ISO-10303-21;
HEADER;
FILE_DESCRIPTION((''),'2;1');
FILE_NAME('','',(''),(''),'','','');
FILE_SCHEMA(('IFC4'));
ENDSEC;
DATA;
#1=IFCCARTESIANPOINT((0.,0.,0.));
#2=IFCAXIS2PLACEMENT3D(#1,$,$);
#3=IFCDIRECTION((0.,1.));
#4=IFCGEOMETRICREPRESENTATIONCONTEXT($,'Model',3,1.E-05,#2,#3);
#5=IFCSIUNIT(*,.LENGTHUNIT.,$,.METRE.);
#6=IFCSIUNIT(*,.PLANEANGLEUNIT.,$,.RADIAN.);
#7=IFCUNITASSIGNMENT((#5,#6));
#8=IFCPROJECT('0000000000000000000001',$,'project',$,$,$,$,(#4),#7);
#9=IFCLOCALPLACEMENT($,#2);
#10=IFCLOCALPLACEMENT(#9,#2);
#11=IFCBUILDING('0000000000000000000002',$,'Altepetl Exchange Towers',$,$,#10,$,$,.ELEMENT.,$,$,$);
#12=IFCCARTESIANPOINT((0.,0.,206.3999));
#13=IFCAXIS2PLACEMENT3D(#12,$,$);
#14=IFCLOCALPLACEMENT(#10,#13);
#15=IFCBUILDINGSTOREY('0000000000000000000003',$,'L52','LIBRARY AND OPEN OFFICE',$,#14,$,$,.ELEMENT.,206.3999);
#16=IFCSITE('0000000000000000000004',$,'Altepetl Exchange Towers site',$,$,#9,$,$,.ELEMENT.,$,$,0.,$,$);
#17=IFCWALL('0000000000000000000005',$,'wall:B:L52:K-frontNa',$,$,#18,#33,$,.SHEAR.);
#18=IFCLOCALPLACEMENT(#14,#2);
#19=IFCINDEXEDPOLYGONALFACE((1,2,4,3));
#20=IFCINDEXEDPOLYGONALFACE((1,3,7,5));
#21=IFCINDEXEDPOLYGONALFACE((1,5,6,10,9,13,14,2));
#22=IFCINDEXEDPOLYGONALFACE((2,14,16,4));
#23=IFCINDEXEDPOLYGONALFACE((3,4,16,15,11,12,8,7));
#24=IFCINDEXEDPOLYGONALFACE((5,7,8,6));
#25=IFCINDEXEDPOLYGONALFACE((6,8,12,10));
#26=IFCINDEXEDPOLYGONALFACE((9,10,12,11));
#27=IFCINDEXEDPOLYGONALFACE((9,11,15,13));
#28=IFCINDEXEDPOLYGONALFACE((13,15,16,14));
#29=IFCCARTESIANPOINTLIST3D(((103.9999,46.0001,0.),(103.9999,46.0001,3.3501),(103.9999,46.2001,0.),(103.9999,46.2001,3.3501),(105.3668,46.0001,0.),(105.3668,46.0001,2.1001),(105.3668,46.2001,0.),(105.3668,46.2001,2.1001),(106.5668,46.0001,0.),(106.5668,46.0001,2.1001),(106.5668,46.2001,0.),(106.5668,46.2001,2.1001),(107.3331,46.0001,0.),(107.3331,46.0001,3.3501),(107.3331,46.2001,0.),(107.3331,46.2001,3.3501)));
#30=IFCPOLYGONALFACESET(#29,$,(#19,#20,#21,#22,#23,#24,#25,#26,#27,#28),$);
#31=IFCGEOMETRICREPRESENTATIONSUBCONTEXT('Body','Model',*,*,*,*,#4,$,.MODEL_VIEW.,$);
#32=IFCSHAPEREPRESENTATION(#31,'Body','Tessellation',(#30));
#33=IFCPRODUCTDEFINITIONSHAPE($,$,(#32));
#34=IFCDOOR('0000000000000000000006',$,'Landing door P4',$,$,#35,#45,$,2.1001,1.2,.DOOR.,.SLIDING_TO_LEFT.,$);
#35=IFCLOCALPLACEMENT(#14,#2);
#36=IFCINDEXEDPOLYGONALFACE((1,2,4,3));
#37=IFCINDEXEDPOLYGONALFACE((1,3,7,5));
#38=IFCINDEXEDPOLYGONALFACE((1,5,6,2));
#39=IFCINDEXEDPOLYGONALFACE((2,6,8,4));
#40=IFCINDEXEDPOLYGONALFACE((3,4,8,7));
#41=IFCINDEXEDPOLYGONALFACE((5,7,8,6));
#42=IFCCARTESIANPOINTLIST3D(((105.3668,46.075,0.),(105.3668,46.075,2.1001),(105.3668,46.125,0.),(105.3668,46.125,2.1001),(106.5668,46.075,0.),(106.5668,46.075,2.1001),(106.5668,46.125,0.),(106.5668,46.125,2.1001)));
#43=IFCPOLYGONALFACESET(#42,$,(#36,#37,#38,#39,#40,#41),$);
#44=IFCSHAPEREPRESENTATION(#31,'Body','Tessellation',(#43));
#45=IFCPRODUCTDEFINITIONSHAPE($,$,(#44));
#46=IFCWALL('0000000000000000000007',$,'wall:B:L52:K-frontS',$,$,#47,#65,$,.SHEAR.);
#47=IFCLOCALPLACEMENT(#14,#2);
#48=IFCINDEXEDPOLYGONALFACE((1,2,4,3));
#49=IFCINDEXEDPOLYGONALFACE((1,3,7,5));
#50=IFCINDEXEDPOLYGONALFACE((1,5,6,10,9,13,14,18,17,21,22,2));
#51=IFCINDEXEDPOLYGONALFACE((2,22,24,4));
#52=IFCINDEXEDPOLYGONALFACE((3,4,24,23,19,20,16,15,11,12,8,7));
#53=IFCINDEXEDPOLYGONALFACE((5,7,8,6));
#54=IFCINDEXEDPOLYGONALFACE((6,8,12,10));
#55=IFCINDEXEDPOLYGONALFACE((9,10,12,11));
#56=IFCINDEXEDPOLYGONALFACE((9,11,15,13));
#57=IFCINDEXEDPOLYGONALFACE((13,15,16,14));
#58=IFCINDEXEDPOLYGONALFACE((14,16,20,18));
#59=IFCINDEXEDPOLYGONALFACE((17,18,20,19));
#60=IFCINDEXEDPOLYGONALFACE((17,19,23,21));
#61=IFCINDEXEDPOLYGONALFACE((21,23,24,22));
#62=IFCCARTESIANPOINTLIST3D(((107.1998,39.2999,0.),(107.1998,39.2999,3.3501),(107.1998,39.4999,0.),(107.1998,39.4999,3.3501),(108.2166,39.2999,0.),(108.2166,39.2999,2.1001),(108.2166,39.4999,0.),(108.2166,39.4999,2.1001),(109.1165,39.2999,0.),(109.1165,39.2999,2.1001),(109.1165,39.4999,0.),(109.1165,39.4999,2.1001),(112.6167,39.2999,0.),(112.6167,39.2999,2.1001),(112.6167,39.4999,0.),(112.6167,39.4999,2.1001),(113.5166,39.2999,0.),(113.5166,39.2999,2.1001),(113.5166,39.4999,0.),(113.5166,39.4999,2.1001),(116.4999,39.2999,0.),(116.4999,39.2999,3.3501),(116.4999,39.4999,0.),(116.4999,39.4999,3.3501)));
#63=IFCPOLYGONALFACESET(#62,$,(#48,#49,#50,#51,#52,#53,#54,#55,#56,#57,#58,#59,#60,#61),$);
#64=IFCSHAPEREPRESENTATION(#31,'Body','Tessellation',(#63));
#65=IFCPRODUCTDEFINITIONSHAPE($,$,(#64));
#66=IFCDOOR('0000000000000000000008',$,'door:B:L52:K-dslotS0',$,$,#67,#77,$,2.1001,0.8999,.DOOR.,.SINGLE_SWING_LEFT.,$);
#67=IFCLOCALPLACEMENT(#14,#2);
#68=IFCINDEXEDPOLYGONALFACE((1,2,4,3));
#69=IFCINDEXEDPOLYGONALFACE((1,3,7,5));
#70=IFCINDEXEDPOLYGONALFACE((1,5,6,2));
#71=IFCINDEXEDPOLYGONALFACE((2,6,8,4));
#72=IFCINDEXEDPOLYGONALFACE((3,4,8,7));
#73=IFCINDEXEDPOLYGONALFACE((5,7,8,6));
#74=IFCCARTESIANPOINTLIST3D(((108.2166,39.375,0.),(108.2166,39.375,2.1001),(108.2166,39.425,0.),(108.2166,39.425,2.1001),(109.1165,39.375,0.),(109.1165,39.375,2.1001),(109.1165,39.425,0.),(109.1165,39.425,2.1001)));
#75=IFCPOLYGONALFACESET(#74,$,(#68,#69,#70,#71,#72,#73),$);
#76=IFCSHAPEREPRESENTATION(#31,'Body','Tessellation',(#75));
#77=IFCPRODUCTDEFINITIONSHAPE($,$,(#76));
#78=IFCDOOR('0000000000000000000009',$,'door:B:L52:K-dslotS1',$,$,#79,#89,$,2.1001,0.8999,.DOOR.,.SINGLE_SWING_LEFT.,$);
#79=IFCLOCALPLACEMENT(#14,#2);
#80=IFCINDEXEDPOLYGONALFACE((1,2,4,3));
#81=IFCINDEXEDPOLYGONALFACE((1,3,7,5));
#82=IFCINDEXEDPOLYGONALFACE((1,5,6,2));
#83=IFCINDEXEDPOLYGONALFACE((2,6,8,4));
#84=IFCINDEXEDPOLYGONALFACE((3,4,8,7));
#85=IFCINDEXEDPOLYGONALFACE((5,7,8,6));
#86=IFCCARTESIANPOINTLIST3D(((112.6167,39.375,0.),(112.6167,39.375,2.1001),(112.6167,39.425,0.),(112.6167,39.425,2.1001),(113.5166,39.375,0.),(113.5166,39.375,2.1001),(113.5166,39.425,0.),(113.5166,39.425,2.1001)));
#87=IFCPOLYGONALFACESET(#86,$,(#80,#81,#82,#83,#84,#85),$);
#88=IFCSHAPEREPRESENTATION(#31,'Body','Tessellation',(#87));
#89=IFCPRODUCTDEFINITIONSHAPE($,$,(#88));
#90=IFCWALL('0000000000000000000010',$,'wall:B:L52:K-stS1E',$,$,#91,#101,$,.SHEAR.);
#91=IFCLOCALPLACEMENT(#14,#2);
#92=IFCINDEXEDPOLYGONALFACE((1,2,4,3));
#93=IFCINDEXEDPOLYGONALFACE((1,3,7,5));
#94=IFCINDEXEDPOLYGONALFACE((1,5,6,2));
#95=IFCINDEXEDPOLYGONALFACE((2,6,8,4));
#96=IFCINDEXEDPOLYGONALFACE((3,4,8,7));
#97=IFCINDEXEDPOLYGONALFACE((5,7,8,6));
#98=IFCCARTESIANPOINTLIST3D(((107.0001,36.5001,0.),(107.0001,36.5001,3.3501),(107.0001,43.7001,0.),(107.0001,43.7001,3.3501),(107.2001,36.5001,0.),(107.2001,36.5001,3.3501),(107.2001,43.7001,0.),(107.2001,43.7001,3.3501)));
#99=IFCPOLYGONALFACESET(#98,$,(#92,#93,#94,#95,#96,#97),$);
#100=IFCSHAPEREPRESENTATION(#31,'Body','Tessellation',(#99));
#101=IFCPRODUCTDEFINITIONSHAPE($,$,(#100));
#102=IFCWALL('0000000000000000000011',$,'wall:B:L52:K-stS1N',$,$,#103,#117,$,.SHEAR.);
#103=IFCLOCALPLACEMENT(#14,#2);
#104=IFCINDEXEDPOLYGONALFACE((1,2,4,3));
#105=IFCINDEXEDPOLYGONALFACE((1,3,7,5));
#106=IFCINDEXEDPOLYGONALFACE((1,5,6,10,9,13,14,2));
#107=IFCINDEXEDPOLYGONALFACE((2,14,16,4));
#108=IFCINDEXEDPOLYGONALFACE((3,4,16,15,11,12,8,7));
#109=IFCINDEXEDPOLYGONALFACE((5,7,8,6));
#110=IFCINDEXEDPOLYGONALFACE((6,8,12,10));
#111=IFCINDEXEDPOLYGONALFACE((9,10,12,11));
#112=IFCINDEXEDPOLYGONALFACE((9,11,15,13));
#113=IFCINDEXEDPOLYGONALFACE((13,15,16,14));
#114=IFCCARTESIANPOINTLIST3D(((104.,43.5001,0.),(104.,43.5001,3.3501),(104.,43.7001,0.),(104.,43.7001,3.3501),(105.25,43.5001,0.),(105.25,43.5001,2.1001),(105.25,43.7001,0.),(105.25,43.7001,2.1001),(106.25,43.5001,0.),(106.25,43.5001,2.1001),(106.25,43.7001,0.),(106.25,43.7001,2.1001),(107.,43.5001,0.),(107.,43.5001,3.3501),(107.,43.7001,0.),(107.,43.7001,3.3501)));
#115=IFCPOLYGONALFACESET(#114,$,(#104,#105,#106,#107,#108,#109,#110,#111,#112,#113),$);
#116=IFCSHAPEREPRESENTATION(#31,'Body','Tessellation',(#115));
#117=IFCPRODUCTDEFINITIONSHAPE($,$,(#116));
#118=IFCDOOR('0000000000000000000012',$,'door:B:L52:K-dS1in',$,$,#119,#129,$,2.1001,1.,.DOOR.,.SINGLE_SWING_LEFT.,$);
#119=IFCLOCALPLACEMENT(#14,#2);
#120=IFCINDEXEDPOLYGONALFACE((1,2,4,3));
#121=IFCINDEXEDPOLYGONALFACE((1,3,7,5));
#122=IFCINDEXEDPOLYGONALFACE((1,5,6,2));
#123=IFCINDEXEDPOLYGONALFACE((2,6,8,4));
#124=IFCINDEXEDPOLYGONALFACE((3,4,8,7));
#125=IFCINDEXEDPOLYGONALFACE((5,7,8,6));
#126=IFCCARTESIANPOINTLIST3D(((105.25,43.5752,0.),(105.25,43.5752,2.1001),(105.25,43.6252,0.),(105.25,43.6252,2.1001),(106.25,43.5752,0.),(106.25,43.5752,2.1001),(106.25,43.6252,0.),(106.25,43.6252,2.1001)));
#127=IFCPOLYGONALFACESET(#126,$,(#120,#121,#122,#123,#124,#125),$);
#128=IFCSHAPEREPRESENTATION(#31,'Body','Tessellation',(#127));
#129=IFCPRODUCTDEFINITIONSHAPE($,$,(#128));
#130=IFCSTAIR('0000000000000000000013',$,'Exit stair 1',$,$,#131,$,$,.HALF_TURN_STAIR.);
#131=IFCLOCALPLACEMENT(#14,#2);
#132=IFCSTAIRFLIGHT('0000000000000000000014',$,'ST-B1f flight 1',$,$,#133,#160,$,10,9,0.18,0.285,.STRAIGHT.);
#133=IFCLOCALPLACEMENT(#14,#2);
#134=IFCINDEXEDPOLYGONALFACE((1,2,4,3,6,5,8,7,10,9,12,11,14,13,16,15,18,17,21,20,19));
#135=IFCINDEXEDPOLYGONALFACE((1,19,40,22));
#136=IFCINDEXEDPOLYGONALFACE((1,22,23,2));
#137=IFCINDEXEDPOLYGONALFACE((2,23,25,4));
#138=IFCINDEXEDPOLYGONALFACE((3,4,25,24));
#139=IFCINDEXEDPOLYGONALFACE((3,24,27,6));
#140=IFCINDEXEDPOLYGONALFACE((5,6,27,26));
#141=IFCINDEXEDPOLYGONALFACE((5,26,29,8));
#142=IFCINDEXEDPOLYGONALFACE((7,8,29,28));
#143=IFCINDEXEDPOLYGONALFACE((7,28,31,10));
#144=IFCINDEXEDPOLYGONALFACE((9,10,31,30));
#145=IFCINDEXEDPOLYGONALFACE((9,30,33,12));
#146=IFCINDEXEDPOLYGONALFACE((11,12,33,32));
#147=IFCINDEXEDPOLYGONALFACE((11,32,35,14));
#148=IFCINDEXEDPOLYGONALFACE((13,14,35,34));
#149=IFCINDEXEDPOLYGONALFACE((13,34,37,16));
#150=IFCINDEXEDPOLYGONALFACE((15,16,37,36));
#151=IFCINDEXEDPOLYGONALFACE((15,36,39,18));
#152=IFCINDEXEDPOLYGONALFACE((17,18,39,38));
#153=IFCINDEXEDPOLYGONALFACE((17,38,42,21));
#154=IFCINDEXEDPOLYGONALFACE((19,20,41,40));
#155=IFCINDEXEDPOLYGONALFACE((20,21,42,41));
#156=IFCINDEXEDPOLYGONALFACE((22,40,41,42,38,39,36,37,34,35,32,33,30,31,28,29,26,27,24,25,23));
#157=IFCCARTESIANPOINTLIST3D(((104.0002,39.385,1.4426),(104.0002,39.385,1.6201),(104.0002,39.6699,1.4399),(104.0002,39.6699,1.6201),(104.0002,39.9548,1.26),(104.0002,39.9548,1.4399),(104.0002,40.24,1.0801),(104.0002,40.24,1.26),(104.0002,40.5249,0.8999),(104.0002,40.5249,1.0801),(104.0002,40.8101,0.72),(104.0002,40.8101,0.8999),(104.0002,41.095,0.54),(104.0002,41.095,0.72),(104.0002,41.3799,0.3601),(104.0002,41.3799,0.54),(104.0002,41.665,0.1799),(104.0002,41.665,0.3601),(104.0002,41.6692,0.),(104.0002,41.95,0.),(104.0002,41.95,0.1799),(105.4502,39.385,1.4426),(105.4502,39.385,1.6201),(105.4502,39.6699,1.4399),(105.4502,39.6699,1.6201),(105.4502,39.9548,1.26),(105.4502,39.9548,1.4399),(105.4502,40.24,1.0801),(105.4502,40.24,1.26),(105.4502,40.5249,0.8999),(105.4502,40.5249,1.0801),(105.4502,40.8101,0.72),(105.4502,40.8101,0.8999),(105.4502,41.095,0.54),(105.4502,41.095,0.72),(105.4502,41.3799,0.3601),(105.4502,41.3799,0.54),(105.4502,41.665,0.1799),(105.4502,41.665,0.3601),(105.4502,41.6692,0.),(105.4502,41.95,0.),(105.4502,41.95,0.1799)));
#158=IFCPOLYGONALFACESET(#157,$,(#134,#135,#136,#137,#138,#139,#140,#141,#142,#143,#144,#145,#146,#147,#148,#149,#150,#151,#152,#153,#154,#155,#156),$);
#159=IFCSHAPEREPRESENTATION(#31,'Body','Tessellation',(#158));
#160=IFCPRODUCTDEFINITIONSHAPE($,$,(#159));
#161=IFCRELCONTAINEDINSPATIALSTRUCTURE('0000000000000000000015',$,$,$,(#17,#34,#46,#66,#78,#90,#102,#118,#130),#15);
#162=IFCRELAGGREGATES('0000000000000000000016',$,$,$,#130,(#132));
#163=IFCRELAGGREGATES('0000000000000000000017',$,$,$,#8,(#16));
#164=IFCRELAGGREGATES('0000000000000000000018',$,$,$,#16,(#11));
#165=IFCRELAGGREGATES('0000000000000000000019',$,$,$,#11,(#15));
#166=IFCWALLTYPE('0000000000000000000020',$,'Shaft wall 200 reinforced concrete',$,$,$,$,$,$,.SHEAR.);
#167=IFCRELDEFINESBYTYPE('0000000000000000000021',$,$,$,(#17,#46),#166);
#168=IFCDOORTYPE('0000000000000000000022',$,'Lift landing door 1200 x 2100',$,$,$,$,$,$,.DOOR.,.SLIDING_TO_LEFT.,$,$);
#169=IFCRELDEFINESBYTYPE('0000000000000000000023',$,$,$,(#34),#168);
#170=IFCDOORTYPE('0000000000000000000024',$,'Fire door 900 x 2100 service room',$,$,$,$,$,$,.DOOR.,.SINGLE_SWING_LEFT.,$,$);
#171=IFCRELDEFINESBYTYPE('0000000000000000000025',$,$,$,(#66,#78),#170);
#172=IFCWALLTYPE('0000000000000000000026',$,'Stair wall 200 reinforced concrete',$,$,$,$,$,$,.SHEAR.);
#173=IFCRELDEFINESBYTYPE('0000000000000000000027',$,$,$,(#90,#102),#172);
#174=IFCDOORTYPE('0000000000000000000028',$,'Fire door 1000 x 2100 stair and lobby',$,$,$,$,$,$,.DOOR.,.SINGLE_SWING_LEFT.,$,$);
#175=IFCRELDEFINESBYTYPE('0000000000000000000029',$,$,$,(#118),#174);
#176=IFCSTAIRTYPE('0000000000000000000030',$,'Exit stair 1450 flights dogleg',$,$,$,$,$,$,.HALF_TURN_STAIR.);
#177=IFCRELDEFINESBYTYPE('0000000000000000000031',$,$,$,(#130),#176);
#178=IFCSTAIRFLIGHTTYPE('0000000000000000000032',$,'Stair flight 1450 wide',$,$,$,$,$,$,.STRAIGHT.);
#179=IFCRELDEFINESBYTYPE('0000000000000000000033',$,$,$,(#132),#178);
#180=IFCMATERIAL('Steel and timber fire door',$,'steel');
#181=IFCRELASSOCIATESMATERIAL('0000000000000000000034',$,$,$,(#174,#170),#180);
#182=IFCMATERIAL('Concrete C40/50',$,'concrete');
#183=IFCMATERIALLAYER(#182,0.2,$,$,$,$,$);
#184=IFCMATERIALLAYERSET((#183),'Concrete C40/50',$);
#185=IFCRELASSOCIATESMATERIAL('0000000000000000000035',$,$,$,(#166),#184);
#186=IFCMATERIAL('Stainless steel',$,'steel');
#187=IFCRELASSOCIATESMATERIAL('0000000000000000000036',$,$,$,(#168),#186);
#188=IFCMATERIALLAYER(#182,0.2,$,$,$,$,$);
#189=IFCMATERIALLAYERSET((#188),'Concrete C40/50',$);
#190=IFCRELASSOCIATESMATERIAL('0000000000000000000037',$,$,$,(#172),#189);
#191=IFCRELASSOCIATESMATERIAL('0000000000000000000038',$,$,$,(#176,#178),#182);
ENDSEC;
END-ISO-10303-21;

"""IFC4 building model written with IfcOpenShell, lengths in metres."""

from ifc_helpers import new_model, si_unit, direction, frame, frame_2d, origin, place, context, subcontext, project, spatial, polyline, rectangle, outline, extrude, material, layer, layer_set, type_object, element, fill, aggregate, save


model = new_model("IFC4")

# Units and contexts
model_context = context("Model", 3, precision=1e-05, world=origin(), true_north=direction((0.0, 1.0)))
body_context = subcontext(model_context, "Body", "Model", "MODEL_VIEW")
ifc_project = project(units=[si_unit("LENGTHUNIT", "METRE"), si_unit("PLANEANGLEUNIT", "RADIAN")], contexts=[model_context])

# Site, building, storey
site_placement = place(None, origin())
site = spatial("IfcSite", under=ifc_project, at=site_placement, Name="Altepetl Exchange Towers site", CompositionType="ELEMENT", RefElevation=0.0)
building_placement = place(site_placement, origin())
building = spatial("IfcBuilding", under=site, at=building_placement, Name="Altepetl Exchange Towers", CompositionType="ELEMENT")
storey_placement = place(building_placement, frame((0.0, 0.0, 206.3999)))
storey = spatial("IfcBuildingStorey", under=building, at=storey_placement, Name="L52", Description="LIBRARY AND OPEN OFFICE", CompositionType="ELEMENT", Elevation=206.3999)

# Shared definitions
ifc_material_1 = material(Name="Steel and timber fire door", Category="steel")
door_type_1 = type_object("IfcDoorType", Name="Fire door 1000 x 2100 stair and lobby", OperationType="SINGLE_SWING_LEFT", PredefinedType="DOOR", material=ifc_material_1)

# Wall, opening, door
ifc_material_2 = material(Name="Concrete C40/50", Category="concrete")
ifc_layer_1 = layer(ifc_material_2, 0.2)
ifc_layer_set_1 = layer_set([ifc_layer_1], Name="Concrete C40/50")
wall_type_1 = type_object("IfcWallType", Name="Shaft wall 200 reinforced concrete", PredefinedType="SHEAR", material=ifc_layer_set_1)
wall_1_placement = place(storey_placement, frame((104.0, 46.1001, 0.0)))
wall_1 = element("IfcWall", 1, at=wall_1_placement, inside=storey, type_object=wall_type_1, Name="wall:B:L52:K-frontNa", PredefinedType="SHEAR", context=body_context, shape_type="SweptSolid", body=[
    extrude(rectangle(XDim=3.3333, YDim=0.2, at=frame_2d((1.6665, 0.0))), origin(), (0.0, 0.0, 1.0), 3.3501),
])
opening_1_placement = place(wall_1_placement, frame((1.3667, 0.0, 0.0)))
opening_1 = element("IfcOpeningElement", 2, at=opening_1_placement, cuts=wall_1, PredefinedType="OPENING", context=body_context, shape_type="SweptSolid", body=[
    extrude(rectangle(XDim=1.2, YDim=2.1001, at=frame_2d((0.6001, 1.05))), frame((0.0, 0.1099, 0.0), z_axis=(0.0, -1.0, 0.0), x_axis=(1.0, 0.0, 0.0)), (0.0, 0.0, 1.0), 0.22),
])
ifc_material_3 = material(Name="Stainless steel", Category="steel")
door_type_2 = type_object("IfcDoorType", Name="Lift landing door 1200 x 2100", OperationType="SLIDING_TO_LEFT", PredefinedType="DOOR", material=ifc_material_3)
door_1_placement = place(opening_1_placement, origin())
door_1 = element("IfcDoor", 3, at=door_1_placement, inside=storey, type_object=door_type_2, Name="Landing door P4", OperationType="SLIDING_TO_LEFT", OverallHeight=2.1001, OverallWidth=1.2, PredefinedType="DOOR", context=body_context, shape_type="SweptSolid", body=[
    extrude(rectangle(XDim=1.2, YDim=2.1001, at=frame_2d((0.6001, 1.05))), frame((0.0, 0.0249, 0.0), z_axis=(0.0, -1.0, 0.0), x_axis=(1.0, 0.0, 0.0)), (0.0, 0.0, 1.0), 0.05),
])
fill(opening_1, door_1)

# Wall, openings, doors
wall_2_placement = place(storey_placement, frame((107.2, 39.3999, 0.0)))
wall_2 = element("IfcWall", 4, at=wall_2_placement, inside=storey, type_object=wall_type_1, Name="wall:B:L52:K-frontS", PredefinedType="SHEAR", context=body_context, shape_type="SweptSolid", body=[
    extrude(rectangle(XDim=9.3, YDim=0.2, at=frame_2d((4.6499, 0.0))), origin(), (0.0, 0.0, 1.0), 3.3501),
])
opening_2_placement = place(wall_2_placement, frame((1.0166, 0.0, 0.0)))
opening_2 = element("IfcOpeningElement", 5, at=opening_2_placement, cuts=wall_2, PredefinedType="OPENING", context=body_context, shape_type="SweptSolid", body=[
    extrude(rectangle(XDim=0.8999, YDim=2.1001, at=frame_2d((0.45, 1.05))), frame((0.0, 0.1099, 0.0), z_axis=(0.0, -1.0, 0.0), x_axis=(1.0, 0.0, 0.0)), (0.0, 0.0, 1.0), 0.22),
])
opening_3_placement = place(wall_2_placement, frame((5.4167, 0.0, 0.0)))
opening_3 = element("IfcOpeningElement", 6, at=opening_3_placement, cuts=wall_2, PredefinedType="OPENING", context=body_context, shape_type="SweptSolid", body=[
    extrude(rectangle(XDim=0.8999, YDim=2.1001, at=frame_2d((0.45, 1.05))), frame((0.0, 0.1099, 0.0), z_axis=(0.0, -1.0, 0.0), x_axis=(1.0, 0.0, 0.0)), (0.0, 0.0, 1.0), 0.22),
])
door_type_3 = type_object("IfcDoorType", Name="Fire door 900 x 2100 service room", OperationType="SINGLE_SWING_LEFT", PredefinedType="DOOR", material=ifc_material_1)
door_2_placement = place(opening_2_placement, frame((0.8999, 0.0, 0.0), x_axis=(-1.0, 0.0, 0.0)))
door_2 = element("IfcDoor", 7, at=door_2_placement, inside=storey, type_object=door_type_3, Name="door:B:L52:K-dslotS0", OperationType="SINGLE_SWING_LEFT", OverallHeight=2.1001, OverallWidth=0.8999, PredefinedType="DOOR", context=body_context, shape_type="SweptSolid", body=[
    extrude(rectangle(XDim=0.8999, YDim=2.1001, at=frame_2d((0.45, 1.05))), frame((0.0, 0.0249, 0.0), z_axis=(0.0, -1.0, 0.0), x_axis=(1.0, 0.0, 0.0)), (0.0, 0.0, 1.0), 0.05),
])
fill(opening_2, door_2)
door_3_placement = place(opening_3_placement, frame((0.8999, 0.0, 0.0), x_axis=(-1.0, 0.0, 0.0)))
door_3 = element("IfcDoor", 8, at=door_3_placement, inside=storey, type_object=door_type_3, Name="door:B:L52:K-dslotS1", OperationType="SINGLE_SWING_LEFT", OverallHeight=2.1001, OverallWidth=0.8999, PredefinedType="DOOR", context=body_context, shape_type="SweptSolid", body=[
    extrude(rectangle(XDim=0.8999, YDim=2.1001, at=frame_2d((0.45, 1.05))), frame((0.0, 0.0249, 0.0), z_axis=(0.0, -1.0, 0.0), x_axis=(1.0, 0.0, 0.0)), (0.0, 0.0, 1.0), 0.05),
])
fill(opening_3, door_3)

# Wall
ifc_layer_2 = layer(ifc_material_2, 0.2)
ifc_layer_set_2 = layer_set([ifc_layer_2], Name="Concrete C40/50")
wall_type_2 = type_object("IfcWallType", Name="Stair wall 200 reinforced concrete", PredefinedType="SHEAR", material=ifc_layer_set_2)
wall_3_placement = place(storey_placement, frame((107.1001, 36.5, 0.0), z_axis=(0.0, 0.0, 1.0), x_axis=(0.0, 1.0, 0.0)))
element("IfcWall", 9, at=wall_3_placement, inside=storey, type_object=wall_type_2, Name="wall:B:L52:K-stS1E", PredefinedType="SHEAR", context=body_context, shape_type="SweptSolid", body=[
    extrude(rectangle(XDim=7.2, YDim=0.2, at=frame_2d((3.6001, 0.0))), origin(), (0.0, 0.0, 1.0), 3.3501),
])

# Wall, opening, door
wall_4_placement = place(storey_placement, frame((104.0, 43.6001, 0.0)))
wall_4 = element("IfcWall", 10, at=wall_4_placement, inside=storey, type_object=wall_type_2, Name="wall:B:L52:K-stS1N", PredefinedType="SHEAR", context=body_context, shape_type="SweptSolid", body=[
    extrude(rectangle(XDim=3.0, YDim=0.2, at=frame_2d((1.5, 0.0))), origin(), (0.0, 0.0, 1.0), 3.3501),
])
opening_4_placement = place(wall_4_placement, frame((1.25, 0.0, 0.0)))
opening_4 = element("IfcOpeningElement", 11, at=opening_4_placement, cuts=wall_4, PredefinedType="OPENING", context=body_context, shape_type="SweptSolid", body=[
    extrude(rectangle(XDim=1.0, YDim=2.1001, at=frame_2d((0.5, 1.05))), frame((0.0, 0.1099, 0.0), z_axis=(0.0, -1.0, 0.0), x_axis=(1.0, 0.0, 0.0)), (0.0, 0.0, 1.0), 0.22),
])
door_4_placement = place(opening_4_placement, frame((1.0, 0.0, 0.0), x_axis=(-1.0, 0.0, 0.0)))
door_4 = element("IfcDoor", 12, at=door_4_placement, inside=storey, type_object=door_type_1, Name="door:B:L52:K-dS1in", OperationType="SINGLE_SWING_LEFT", OverallHeight=2.1001, OverallWidth=1.0, PredefinedType="DOOR", context=body_context, shape_type="SweptSolid", body=[
    extrude(rectangle(XDim=1.0, YDim=2.1001, at=frame_2d((0.5, 1.05))), frame((0.0, 0.0249, 0.0), z_axis=(0.0, -1.0, 0.0), x_axis=(1.0, 0.0, 0.0)), (0.0, 0.0, 1.0), 0.05),
])
fill(opening_4, door_4)

# Stair, stair flight
stair_type = type_object("IfcStairType", Name="Exit stair 1450 flights dogleg", PredefinedType="HALF_TURN_STAIR", material=ifc_material_2)
stair_placement = place(storey_placement, origin())
stair = element("IfcStair", 13, at=stair_placement, inside=storey, type_object=stair_type, Name="Exit stair 1", PredefinedType="HALF_TURN_STAIR")
stair_flight_type = type_object("IfcStairFlightType", Name="Stair flight 1450 wide", PredefinedType="STRAIGHT", material=ifc_material_2)
stair_flight_1_placement = place(storey_placement, frame((104.7251, 41.95, 0.0), z_axis=(0.0, 0.0, 1.0), x_axis=(0.0, -1.0, 0.0)))
stair_flight_1 = element("IfcStairFlight", 14, at=stair_flight_1_placement, type_object=stair_flight_type, Name="ST-B1f flight 1", NumberOfRisers=10, NumberOfTreads=9, PredefinedType="STRAIGHT", RiserHeight=0.18, TreadLength=0.285, context=body_context, shape_type="SweptSolid", body=[
    extrude(outline(polyline([(0.0, 0.0), (0.0, 0.1799), (0.2849, 0.1799), (0.2849, 0.3601), (0.5701, 0.3601), (0.5701, 0.54), (0.855, 0.54), (0.855, 0.72), (1.1399, 0.72), (1.1399, 0.8999), (1.425, 0.8999), (1.425, 1.0801), (1.71, 1.0801), (1.71, 1.26), (1.9951, 1.26), (1.9951, 1.4399), (2.28, 1.4399), (2.28, 1.6201), (2.5649, 1.6201), (2.5649, 1.8), (2.5649, 1.4426), (0.2808, 0.0), (0.0, 0.0)])), frame((0.0, 0.7251, 0.0), z_axis=(0.0, -1.0, 0.0), x_axis=(1.0, 0.0, 0.0)), (0.0, 0.0, 1.0), 1.45),
])
aggregate(stair, [stair_flight_1])

save(model, "model.ifc")
